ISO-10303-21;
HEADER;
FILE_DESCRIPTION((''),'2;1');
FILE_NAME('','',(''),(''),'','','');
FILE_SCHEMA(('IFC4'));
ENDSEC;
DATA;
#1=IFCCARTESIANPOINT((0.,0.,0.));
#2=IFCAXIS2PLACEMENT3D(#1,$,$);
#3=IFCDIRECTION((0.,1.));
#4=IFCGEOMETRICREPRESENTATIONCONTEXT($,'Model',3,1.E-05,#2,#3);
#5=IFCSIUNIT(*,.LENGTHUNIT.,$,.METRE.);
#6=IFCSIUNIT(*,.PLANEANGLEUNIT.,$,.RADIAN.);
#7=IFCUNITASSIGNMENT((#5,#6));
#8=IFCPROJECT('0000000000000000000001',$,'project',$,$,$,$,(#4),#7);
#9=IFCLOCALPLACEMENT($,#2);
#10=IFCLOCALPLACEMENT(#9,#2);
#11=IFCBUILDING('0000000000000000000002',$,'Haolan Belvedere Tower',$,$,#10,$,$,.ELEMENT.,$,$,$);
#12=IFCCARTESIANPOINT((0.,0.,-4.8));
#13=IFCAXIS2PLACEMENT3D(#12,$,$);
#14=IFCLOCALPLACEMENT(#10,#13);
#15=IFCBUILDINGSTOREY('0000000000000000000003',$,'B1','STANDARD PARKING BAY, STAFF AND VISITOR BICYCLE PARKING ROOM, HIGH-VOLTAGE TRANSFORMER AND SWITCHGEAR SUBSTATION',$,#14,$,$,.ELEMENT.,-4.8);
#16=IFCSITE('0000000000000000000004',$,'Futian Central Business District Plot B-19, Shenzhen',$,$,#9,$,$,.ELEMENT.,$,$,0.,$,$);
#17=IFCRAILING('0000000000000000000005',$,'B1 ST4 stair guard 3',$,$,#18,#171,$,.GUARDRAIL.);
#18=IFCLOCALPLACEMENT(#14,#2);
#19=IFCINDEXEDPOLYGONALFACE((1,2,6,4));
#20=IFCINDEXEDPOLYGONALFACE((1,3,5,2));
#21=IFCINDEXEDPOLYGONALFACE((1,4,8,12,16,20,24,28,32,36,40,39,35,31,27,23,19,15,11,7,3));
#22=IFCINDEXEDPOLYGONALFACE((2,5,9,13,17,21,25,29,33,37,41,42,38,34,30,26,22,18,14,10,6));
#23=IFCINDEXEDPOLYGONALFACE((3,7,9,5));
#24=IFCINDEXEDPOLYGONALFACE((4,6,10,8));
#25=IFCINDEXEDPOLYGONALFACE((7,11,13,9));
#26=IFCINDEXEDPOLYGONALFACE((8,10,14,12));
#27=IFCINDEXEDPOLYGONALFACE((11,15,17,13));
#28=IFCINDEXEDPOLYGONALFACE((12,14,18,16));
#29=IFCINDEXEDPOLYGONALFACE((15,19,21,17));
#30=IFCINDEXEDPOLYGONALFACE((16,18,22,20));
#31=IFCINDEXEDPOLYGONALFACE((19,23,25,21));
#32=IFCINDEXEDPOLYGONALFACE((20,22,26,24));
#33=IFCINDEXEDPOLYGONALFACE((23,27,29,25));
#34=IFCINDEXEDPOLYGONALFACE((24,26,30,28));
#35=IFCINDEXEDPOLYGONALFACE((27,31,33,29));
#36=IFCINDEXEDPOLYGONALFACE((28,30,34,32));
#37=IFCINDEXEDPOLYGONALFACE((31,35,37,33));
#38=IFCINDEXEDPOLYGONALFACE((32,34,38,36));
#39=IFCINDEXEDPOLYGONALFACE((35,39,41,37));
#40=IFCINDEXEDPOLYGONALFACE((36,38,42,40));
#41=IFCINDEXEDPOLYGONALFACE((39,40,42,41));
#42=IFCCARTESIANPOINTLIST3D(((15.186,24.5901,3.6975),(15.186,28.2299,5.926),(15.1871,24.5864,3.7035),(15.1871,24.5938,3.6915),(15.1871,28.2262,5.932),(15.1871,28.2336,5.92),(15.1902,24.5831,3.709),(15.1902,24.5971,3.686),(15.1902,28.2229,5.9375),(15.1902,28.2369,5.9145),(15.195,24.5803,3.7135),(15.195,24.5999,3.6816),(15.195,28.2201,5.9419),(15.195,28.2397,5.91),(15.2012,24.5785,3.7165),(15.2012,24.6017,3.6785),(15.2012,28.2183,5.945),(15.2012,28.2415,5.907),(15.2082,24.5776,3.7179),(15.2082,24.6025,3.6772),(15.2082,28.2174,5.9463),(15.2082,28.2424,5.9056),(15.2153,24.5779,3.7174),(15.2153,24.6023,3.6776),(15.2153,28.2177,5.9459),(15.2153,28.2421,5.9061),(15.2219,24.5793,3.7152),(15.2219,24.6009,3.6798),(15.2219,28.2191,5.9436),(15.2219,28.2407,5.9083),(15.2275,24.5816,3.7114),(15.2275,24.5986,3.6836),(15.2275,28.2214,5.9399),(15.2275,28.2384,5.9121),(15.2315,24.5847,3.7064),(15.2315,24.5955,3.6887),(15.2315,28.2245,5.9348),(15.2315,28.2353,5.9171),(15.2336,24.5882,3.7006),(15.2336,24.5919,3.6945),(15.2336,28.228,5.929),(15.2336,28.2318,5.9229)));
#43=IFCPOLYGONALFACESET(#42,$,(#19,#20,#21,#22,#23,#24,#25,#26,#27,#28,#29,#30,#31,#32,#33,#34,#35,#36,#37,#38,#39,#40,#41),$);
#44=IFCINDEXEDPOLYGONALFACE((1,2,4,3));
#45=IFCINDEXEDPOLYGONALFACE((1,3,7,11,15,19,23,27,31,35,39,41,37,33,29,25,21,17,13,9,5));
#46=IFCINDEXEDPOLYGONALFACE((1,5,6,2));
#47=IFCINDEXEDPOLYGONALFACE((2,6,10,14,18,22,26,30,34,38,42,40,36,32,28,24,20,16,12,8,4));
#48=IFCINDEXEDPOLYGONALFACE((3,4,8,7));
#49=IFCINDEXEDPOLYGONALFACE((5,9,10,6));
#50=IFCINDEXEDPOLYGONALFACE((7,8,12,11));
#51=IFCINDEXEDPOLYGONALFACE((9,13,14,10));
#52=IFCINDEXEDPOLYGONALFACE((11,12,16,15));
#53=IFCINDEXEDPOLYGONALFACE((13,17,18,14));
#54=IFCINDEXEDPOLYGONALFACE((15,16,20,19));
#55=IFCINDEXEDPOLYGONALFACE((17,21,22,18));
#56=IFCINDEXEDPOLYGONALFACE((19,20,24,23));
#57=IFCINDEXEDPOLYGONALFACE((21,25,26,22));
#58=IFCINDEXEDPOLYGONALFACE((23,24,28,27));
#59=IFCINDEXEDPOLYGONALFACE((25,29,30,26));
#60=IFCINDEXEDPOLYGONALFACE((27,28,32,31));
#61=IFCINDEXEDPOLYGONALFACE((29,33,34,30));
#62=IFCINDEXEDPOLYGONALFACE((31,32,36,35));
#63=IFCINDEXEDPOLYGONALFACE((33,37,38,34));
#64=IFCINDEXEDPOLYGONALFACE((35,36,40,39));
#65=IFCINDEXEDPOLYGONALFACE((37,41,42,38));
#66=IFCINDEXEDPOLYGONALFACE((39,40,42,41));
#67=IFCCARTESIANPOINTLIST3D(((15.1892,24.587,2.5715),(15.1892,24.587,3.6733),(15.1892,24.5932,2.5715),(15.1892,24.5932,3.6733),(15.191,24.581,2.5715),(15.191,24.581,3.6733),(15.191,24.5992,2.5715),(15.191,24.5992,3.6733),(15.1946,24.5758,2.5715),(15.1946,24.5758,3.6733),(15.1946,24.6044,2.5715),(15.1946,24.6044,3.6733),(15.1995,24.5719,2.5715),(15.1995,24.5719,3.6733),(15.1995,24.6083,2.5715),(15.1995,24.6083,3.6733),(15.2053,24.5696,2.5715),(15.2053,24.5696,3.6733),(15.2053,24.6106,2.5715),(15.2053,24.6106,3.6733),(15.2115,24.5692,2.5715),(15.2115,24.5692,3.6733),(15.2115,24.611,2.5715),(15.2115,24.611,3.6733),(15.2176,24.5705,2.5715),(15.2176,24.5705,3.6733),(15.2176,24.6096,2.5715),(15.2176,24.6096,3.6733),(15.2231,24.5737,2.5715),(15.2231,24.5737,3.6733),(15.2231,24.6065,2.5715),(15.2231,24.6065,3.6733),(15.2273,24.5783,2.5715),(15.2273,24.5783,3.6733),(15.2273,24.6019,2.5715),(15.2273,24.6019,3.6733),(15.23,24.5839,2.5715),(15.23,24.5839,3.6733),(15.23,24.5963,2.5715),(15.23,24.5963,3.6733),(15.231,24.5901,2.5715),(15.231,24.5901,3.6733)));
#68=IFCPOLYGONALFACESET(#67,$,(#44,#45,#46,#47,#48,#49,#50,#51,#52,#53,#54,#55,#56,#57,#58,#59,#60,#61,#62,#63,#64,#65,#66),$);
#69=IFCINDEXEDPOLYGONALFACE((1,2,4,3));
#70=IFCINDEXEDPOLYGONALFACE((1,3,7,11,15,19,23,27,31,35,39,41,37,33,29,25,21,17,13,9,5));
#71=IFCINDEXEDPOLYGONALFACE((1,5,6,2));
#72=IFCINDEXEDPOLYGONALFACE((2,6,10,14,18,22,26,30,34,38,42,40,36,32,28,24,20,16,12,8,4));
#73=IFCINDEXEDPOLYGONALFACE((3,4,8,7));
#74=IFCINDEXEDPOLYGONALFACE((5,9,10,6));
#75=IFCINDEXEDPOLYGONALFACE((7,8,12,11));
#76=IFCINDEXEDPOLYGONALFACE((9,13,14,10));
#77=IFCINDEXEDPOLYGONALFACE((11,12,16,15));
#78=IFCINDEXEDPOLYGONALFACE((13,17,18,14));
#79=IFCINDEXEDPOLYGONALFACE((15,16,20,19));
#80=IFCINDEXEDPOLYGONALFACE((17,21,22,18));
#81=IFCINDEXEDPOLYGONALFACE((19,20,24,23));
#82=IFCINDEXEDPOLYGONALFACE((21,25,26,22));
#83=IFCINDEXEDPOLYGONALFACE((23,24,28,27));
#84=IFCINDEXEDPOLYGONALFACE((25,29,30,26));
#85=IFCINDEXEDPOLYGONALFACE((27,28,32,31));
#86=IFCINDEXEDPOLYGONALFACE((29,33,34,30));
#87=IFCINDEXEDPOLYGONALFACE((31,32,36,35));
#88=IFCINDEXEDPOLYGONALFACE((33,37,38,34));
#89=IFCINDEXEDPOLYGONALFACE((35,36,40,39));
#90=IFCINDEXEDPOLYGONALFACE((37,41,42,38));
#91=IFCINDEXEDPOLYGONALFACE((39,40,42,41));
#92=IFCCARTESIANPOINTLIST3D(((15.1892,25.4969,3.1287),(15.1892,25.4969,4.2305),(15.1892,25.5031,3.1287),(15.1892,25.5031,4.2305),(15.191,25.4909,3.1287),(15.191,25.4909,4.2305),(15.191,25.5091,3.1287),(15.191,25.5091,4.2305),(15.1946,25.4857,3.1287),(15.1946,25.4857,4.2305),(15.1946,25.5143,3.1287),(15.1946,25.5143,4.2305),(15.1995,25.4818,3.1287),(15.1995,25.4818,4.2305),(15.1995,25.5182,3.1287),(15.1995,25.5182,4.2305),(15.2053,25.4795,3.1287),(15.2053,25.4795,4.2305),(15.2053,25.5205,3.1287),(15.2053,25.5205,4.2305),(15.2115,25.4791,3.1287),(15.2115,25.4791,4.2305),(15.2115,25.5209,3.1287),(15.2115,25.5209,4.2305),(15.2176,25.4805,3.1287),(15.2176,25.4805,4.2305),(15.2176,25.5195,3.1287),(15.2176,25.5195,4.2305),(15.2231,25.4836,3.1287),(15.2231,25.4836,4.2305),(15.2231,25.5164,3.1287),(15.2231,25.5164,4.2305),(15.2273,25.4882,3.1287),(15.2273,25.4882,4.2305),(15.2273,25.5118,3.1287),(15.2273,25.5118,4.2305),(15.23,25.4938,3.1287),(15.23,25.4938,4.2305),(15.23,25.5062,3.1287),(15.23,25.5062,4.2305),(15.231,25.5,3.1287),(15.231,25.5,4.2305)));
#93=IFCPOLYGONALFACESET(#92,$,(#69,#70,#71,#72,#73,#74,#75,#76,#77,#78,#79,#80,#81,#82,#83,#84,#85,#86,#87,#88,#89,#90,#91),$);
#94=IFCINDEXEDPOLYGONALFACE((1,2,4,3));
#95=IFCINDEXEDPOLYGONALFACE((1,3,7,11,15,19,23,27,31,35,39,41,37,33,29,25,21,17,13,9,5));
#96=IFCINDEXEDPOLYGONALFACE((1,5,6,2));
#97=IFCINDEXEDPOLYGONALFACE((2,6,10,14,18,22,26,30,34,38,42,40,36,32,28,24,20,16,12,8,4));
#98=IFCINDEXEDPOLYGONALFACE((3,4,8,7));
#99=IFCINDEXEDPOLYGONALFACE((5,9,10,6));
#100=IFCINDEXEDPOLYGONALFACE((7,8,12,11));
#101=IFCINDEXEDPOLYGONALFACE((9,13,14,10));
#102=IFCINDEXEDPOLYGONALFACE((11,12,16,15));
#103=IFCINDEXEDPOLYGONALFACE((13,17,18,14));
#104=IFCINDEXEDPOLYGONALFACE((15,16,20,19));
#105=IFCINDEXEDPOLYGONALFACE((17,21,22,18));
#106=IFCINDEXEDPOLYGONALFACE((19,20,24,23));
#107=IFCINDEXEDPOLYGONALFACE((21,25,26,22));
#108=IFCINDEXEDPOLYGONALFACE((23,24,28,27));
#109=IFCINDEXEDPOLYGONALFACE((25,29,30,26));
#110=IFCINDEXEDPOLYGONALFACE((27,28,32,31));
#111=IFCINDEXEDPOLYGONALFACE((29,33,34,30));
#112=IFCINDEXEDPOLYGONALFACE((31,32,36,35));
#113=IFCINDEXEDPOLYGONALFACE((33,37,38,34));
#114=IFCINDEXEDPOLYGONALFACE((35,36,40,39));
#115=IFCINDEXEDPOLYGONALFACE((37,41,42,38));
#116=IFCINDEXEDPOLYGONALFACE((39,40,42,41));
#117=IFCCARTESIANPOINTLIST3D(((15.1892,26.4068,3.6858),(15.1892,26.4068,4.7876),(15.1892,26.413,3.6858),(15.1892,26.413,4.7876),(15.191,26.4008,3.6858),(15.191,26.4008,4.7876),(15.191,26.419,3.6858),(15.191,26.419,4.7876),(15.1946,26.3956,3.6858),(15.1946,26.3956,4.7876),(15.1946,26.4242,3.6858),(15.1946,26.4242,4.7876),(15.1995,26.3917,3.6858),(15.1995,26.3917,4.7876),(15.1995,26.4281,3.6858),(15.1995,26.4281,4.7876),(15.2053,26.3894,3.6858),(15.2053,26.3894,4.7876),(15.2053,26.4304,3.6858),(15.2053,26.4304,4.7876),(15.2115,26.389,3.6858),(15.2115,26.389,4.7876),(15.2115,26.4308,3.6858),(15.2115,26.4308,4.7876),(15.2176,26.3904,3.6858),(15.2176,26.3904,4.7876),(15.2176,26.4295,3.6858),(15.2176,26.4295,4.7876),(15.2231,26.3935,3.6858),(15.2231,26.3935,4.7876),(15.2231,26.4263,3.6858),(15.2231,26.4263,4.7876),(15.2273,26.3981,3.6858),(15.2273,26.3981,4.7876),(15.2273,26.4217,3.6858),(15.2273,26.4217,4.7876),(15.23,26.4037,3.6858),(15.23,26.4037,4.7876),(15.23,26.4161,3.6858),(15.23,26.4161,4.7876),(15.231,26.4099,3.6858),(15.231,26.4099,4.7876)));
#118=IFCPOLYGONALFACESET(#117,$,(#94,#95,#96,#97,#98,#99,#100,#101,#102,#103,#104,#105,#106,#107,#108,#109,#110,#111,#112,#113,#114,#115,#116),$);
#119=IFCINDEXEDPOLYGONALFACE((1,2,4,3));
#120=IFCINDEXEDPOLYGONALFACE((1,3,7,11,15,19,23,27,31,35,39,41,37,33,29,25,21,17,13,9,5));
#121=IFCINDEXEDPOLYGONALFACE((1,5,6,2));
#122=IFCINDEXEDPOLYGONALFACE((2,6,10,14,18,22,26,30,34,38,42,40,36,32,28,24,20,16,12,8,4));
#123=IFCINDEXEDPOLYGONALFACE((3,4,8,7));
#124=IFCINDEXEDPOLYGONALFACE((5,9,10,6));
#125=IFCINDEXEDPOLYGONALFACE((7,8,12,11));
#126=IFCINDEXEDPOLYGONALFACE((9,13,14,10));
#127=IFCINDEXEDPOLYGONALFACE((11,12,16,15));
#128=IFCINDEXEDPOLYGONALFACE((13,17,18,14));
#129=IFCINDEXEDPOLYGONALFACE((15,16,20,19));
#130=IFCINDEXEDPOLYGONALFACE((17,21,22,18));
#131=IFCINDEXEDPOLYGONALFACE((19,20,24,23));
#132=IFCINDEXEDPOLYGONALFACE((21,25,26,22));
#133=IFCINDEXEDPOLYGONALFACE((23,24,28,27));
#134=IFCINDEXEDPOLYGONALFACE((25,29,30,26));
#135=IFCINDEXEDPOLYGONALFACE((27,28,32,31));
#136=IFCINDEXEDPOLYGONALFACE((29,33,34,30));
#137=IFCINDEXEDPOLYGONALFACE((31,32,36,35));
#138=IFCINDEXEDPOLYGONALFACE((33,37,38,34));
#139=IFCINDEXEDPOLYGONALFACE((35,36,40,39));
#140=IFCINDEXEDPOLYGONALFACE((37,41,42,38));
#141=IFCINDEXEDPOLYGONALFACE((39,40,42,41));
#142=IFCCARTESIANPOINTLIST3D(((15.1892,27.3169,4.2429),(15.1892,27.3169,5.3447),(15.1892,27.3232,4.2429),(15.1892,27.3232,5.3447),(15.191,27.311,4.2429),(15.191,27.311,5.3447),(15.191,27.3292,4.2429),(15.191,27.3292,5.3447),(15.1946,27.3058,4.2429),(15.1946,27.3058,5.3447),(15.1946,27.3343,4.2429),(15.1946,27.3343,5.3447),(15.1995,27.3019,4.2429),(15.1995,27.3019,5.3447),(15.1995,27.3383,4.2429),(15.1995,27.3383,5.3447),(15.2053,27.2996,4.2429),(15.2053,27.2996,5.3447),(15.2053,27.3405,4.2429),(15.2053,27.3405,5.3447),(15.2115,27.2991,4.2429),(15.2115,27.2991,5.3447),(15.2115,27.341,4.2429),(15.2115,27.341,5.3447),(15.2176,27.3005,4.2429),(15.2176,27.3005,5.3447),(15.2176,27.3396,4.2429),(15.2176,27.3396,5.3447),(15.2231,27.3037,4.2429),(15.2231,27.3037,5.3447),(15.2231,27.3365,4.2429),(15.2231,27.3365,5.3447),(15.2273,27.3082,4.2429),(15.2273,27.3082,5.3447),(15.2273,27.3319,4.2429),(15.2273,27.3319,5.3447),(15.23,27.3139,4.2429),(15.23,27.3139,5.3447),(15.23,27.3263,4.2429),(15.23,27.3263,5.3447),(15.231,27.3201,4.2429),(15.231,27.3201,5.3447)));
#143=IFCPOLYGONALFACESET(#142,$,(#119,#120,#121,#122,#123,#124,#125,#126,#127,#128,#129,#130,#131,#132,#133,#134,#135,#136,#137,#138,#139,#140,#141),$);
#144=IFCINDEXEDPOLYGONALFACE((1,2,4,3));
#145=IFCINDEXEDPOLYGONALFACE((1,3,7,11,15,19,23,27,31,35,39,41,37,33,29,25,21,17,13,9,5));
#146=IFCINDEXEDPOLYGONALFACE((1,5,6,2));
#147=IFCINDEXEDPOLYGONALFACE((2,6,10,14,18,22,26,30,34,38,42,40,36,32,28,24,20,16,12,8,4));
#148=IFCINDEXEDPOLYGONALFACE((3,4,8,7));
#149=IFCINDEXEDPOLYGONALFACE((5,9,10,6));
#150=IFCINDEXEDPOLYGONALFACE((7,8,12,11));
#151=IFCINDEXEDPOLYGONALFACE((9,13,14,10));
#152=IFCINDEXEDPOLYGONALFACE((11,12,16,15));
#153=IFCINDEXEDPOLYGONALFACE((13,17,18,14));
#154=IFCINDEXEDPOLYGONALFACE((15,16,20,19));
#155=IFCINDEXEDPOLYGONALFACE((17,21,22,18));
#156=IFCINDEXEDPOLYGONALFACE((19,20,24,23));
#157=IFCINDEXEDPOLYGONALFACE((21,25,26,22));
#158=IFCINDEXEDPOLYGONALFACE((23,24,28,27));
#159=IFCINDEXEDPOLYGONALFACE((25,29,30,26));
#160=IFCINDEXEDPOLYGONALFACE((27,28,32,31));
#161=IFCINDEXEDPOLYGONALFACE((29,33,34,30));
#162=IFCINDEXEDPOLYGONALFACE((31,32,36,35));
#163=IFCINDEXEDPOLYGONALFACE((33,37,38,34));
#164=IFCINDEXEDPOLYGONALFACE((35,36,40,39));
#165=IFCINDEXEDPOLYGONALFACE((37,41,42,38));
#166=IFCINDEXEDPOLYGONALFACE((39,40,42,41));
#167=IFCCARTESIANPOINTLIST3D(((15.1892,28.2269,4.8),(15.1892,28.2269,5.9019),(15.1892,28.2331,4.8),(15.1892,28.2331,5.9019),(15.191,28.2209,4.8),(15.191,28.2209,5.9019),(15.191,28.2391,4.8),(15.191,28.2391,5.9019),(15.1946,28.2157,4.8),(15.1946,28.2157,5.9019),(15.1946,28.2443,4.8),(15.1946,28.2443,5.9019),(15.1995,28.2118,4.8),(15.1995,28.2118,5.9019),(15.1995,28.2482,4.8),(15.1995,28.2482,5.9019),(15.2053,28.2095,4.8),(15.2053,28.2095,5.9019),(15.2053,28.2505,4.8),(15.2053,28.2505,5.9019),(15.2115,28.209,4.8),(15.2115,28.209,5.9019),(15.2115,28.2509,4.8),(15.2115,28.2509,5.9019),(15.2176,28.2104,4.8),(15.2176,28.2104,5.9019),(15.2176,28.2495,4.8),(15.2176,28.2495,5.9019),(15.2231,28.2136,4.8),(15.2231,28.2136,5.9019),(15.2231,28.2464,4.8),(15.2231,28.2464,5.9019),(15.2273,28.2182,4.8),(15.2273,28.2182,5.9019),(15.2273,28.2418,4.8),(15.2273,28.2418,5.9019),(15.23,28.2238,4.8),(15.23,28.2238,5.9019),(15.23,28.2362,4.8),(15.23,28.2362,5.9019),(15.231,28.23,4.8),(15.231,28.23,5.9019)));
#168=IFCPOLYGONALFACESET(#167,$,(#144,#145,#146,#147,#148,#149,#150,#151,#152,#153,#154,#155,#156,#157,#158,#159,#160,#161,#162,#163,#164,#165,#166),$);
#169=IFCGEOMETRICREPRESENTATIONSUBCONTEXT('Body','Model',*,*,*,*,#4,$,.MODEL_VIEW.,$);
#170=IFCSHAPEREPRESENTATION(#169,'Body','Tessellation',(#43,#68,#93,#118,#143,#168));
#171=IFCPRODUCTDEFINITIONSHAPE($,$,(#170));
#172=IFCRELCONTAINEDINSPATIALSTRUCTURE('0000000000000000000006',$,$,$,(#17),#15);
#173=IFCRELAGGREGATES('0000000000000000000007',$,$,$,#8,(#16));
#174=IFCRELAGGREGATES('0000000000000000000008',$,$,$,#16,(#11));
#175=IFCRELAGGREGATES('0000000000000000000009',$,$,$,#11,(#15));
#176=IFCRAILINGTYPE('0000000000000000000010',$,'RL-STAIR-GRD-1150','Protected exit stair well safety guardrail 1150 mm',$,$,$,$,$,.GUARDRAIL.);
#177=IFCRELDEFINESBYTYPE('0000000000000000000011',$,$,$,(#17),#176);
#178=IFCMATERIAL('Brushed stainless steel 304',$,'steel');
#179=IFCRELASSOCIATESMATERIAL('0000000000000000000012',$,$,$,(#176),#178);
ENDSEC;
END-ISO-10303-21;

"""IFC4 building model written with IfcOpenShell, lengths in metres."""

from ifc_helpers import new_model, si_unit, direction, frame, origin, origin_2d, place, context, subcontext, project, spatial, circle, extrude, material, type_object, element, save


model = new_model("IFC4")

# Units and contexts
model_context = context("Model", 3, precision=1e-05, world=origin(), true_north=direction((0.0, 1.0)))
body_context = subcontext(model_context, "Body", "Model", "MODEL_VIEW")
ifc_project = project(units=[si_unit("LENGTHUNIT", "METRE"), si_unit("PLANEANGLEUNIT", "RADIAN")], contexts=[model_context])

# Site, building, storey
site_placement = place(None, origin())
site = spatial("IfcSite", under=ifc_project, at=site_placement, Name="Futian Central Business District Plot B-19, Shenzhen", CompositionType="ELEMENT", RefElevation=0.0)
building_placement = place(site_placement, origin())
building = spatial("IfcBuilding", under=site, at=building_placement, Name="Haolan Belvedere Tower", CompositionType="ELEMENT")
storey_placement = place(building_placement, frame((0.0, 0.0, -4.8)))
storey = spatial("IfcBuildingStorey", under=building, at=storey_placement, Name="B1", Description="STANDARD PARKING BAY, STAFF AND VISITOR BICYCLE PARKING ROOM, HIGH-VOLTAGE TRANSFORMER AND SWITCHGEAR SUBSTATION", CompositionType="ELEMENT", Elevation=-4.8)

# Railing
ifc_material_1 = material(Name="Brushed stainless steel 304", Category="steel")
railing_type_1 = type_object("IfcRailingType", Name="RL-STAIR-GRD-1150", Description="Protected exit stair well safety guardrail 1150 mm", PredefinedType="GUARDRAIL", material=ifc_material_1)
railing_1_placement = place(storey_placement, frame((15.21, 24.5901, 2.5715)))
element("IfcRailing", 1, at=railing_1_placement, inside=storey, type_object=railing_type_1, Name="B1 ST4 stair guard 3", PredefinedType="GUARDRAIL", context=body_context, shape_type="SweptSolid", body=[
    extrude(circle(Radius=0.0239, at=origin_2d()), frame((0.0, 0.0, 1.126), z_axis=(0.0, 0.85285, 0.522156), x_axis=(-1.0, 0.0, 0.0)), (0.0, 0.0, 1.0), 4.2678),
    extrude(circle(Radius=0.021, at=origin_2d()), origin(), (0.0, 0.0, 1.0), 1.1018),
    extrude(circle(Radius=0.021, at=origin_2d()), frame((0.0, 0.9099, 0.5571)), (0.0, 0.0, 1.0), 1.1018),
    extrude(circle(Radius=0.021, at=origin_2d()), frame((0.0, 1.8198, 1.1143)), (0.0, 0.0, 1.0), 1.1018),
    extrude(circle(Radius=0.021, at=origin_2d()), frame((0.0, 2.73, 1.6714)), (0.0, 0.0, 1.0), 1.1018),
    extrude(circle(Radius=0.021, at=origin_2d()), frame((0.0, 3.6399, 2.2285)), (0.0, 0.0, 1.0), 1.1018),
])

save(model, "model.ifc")
